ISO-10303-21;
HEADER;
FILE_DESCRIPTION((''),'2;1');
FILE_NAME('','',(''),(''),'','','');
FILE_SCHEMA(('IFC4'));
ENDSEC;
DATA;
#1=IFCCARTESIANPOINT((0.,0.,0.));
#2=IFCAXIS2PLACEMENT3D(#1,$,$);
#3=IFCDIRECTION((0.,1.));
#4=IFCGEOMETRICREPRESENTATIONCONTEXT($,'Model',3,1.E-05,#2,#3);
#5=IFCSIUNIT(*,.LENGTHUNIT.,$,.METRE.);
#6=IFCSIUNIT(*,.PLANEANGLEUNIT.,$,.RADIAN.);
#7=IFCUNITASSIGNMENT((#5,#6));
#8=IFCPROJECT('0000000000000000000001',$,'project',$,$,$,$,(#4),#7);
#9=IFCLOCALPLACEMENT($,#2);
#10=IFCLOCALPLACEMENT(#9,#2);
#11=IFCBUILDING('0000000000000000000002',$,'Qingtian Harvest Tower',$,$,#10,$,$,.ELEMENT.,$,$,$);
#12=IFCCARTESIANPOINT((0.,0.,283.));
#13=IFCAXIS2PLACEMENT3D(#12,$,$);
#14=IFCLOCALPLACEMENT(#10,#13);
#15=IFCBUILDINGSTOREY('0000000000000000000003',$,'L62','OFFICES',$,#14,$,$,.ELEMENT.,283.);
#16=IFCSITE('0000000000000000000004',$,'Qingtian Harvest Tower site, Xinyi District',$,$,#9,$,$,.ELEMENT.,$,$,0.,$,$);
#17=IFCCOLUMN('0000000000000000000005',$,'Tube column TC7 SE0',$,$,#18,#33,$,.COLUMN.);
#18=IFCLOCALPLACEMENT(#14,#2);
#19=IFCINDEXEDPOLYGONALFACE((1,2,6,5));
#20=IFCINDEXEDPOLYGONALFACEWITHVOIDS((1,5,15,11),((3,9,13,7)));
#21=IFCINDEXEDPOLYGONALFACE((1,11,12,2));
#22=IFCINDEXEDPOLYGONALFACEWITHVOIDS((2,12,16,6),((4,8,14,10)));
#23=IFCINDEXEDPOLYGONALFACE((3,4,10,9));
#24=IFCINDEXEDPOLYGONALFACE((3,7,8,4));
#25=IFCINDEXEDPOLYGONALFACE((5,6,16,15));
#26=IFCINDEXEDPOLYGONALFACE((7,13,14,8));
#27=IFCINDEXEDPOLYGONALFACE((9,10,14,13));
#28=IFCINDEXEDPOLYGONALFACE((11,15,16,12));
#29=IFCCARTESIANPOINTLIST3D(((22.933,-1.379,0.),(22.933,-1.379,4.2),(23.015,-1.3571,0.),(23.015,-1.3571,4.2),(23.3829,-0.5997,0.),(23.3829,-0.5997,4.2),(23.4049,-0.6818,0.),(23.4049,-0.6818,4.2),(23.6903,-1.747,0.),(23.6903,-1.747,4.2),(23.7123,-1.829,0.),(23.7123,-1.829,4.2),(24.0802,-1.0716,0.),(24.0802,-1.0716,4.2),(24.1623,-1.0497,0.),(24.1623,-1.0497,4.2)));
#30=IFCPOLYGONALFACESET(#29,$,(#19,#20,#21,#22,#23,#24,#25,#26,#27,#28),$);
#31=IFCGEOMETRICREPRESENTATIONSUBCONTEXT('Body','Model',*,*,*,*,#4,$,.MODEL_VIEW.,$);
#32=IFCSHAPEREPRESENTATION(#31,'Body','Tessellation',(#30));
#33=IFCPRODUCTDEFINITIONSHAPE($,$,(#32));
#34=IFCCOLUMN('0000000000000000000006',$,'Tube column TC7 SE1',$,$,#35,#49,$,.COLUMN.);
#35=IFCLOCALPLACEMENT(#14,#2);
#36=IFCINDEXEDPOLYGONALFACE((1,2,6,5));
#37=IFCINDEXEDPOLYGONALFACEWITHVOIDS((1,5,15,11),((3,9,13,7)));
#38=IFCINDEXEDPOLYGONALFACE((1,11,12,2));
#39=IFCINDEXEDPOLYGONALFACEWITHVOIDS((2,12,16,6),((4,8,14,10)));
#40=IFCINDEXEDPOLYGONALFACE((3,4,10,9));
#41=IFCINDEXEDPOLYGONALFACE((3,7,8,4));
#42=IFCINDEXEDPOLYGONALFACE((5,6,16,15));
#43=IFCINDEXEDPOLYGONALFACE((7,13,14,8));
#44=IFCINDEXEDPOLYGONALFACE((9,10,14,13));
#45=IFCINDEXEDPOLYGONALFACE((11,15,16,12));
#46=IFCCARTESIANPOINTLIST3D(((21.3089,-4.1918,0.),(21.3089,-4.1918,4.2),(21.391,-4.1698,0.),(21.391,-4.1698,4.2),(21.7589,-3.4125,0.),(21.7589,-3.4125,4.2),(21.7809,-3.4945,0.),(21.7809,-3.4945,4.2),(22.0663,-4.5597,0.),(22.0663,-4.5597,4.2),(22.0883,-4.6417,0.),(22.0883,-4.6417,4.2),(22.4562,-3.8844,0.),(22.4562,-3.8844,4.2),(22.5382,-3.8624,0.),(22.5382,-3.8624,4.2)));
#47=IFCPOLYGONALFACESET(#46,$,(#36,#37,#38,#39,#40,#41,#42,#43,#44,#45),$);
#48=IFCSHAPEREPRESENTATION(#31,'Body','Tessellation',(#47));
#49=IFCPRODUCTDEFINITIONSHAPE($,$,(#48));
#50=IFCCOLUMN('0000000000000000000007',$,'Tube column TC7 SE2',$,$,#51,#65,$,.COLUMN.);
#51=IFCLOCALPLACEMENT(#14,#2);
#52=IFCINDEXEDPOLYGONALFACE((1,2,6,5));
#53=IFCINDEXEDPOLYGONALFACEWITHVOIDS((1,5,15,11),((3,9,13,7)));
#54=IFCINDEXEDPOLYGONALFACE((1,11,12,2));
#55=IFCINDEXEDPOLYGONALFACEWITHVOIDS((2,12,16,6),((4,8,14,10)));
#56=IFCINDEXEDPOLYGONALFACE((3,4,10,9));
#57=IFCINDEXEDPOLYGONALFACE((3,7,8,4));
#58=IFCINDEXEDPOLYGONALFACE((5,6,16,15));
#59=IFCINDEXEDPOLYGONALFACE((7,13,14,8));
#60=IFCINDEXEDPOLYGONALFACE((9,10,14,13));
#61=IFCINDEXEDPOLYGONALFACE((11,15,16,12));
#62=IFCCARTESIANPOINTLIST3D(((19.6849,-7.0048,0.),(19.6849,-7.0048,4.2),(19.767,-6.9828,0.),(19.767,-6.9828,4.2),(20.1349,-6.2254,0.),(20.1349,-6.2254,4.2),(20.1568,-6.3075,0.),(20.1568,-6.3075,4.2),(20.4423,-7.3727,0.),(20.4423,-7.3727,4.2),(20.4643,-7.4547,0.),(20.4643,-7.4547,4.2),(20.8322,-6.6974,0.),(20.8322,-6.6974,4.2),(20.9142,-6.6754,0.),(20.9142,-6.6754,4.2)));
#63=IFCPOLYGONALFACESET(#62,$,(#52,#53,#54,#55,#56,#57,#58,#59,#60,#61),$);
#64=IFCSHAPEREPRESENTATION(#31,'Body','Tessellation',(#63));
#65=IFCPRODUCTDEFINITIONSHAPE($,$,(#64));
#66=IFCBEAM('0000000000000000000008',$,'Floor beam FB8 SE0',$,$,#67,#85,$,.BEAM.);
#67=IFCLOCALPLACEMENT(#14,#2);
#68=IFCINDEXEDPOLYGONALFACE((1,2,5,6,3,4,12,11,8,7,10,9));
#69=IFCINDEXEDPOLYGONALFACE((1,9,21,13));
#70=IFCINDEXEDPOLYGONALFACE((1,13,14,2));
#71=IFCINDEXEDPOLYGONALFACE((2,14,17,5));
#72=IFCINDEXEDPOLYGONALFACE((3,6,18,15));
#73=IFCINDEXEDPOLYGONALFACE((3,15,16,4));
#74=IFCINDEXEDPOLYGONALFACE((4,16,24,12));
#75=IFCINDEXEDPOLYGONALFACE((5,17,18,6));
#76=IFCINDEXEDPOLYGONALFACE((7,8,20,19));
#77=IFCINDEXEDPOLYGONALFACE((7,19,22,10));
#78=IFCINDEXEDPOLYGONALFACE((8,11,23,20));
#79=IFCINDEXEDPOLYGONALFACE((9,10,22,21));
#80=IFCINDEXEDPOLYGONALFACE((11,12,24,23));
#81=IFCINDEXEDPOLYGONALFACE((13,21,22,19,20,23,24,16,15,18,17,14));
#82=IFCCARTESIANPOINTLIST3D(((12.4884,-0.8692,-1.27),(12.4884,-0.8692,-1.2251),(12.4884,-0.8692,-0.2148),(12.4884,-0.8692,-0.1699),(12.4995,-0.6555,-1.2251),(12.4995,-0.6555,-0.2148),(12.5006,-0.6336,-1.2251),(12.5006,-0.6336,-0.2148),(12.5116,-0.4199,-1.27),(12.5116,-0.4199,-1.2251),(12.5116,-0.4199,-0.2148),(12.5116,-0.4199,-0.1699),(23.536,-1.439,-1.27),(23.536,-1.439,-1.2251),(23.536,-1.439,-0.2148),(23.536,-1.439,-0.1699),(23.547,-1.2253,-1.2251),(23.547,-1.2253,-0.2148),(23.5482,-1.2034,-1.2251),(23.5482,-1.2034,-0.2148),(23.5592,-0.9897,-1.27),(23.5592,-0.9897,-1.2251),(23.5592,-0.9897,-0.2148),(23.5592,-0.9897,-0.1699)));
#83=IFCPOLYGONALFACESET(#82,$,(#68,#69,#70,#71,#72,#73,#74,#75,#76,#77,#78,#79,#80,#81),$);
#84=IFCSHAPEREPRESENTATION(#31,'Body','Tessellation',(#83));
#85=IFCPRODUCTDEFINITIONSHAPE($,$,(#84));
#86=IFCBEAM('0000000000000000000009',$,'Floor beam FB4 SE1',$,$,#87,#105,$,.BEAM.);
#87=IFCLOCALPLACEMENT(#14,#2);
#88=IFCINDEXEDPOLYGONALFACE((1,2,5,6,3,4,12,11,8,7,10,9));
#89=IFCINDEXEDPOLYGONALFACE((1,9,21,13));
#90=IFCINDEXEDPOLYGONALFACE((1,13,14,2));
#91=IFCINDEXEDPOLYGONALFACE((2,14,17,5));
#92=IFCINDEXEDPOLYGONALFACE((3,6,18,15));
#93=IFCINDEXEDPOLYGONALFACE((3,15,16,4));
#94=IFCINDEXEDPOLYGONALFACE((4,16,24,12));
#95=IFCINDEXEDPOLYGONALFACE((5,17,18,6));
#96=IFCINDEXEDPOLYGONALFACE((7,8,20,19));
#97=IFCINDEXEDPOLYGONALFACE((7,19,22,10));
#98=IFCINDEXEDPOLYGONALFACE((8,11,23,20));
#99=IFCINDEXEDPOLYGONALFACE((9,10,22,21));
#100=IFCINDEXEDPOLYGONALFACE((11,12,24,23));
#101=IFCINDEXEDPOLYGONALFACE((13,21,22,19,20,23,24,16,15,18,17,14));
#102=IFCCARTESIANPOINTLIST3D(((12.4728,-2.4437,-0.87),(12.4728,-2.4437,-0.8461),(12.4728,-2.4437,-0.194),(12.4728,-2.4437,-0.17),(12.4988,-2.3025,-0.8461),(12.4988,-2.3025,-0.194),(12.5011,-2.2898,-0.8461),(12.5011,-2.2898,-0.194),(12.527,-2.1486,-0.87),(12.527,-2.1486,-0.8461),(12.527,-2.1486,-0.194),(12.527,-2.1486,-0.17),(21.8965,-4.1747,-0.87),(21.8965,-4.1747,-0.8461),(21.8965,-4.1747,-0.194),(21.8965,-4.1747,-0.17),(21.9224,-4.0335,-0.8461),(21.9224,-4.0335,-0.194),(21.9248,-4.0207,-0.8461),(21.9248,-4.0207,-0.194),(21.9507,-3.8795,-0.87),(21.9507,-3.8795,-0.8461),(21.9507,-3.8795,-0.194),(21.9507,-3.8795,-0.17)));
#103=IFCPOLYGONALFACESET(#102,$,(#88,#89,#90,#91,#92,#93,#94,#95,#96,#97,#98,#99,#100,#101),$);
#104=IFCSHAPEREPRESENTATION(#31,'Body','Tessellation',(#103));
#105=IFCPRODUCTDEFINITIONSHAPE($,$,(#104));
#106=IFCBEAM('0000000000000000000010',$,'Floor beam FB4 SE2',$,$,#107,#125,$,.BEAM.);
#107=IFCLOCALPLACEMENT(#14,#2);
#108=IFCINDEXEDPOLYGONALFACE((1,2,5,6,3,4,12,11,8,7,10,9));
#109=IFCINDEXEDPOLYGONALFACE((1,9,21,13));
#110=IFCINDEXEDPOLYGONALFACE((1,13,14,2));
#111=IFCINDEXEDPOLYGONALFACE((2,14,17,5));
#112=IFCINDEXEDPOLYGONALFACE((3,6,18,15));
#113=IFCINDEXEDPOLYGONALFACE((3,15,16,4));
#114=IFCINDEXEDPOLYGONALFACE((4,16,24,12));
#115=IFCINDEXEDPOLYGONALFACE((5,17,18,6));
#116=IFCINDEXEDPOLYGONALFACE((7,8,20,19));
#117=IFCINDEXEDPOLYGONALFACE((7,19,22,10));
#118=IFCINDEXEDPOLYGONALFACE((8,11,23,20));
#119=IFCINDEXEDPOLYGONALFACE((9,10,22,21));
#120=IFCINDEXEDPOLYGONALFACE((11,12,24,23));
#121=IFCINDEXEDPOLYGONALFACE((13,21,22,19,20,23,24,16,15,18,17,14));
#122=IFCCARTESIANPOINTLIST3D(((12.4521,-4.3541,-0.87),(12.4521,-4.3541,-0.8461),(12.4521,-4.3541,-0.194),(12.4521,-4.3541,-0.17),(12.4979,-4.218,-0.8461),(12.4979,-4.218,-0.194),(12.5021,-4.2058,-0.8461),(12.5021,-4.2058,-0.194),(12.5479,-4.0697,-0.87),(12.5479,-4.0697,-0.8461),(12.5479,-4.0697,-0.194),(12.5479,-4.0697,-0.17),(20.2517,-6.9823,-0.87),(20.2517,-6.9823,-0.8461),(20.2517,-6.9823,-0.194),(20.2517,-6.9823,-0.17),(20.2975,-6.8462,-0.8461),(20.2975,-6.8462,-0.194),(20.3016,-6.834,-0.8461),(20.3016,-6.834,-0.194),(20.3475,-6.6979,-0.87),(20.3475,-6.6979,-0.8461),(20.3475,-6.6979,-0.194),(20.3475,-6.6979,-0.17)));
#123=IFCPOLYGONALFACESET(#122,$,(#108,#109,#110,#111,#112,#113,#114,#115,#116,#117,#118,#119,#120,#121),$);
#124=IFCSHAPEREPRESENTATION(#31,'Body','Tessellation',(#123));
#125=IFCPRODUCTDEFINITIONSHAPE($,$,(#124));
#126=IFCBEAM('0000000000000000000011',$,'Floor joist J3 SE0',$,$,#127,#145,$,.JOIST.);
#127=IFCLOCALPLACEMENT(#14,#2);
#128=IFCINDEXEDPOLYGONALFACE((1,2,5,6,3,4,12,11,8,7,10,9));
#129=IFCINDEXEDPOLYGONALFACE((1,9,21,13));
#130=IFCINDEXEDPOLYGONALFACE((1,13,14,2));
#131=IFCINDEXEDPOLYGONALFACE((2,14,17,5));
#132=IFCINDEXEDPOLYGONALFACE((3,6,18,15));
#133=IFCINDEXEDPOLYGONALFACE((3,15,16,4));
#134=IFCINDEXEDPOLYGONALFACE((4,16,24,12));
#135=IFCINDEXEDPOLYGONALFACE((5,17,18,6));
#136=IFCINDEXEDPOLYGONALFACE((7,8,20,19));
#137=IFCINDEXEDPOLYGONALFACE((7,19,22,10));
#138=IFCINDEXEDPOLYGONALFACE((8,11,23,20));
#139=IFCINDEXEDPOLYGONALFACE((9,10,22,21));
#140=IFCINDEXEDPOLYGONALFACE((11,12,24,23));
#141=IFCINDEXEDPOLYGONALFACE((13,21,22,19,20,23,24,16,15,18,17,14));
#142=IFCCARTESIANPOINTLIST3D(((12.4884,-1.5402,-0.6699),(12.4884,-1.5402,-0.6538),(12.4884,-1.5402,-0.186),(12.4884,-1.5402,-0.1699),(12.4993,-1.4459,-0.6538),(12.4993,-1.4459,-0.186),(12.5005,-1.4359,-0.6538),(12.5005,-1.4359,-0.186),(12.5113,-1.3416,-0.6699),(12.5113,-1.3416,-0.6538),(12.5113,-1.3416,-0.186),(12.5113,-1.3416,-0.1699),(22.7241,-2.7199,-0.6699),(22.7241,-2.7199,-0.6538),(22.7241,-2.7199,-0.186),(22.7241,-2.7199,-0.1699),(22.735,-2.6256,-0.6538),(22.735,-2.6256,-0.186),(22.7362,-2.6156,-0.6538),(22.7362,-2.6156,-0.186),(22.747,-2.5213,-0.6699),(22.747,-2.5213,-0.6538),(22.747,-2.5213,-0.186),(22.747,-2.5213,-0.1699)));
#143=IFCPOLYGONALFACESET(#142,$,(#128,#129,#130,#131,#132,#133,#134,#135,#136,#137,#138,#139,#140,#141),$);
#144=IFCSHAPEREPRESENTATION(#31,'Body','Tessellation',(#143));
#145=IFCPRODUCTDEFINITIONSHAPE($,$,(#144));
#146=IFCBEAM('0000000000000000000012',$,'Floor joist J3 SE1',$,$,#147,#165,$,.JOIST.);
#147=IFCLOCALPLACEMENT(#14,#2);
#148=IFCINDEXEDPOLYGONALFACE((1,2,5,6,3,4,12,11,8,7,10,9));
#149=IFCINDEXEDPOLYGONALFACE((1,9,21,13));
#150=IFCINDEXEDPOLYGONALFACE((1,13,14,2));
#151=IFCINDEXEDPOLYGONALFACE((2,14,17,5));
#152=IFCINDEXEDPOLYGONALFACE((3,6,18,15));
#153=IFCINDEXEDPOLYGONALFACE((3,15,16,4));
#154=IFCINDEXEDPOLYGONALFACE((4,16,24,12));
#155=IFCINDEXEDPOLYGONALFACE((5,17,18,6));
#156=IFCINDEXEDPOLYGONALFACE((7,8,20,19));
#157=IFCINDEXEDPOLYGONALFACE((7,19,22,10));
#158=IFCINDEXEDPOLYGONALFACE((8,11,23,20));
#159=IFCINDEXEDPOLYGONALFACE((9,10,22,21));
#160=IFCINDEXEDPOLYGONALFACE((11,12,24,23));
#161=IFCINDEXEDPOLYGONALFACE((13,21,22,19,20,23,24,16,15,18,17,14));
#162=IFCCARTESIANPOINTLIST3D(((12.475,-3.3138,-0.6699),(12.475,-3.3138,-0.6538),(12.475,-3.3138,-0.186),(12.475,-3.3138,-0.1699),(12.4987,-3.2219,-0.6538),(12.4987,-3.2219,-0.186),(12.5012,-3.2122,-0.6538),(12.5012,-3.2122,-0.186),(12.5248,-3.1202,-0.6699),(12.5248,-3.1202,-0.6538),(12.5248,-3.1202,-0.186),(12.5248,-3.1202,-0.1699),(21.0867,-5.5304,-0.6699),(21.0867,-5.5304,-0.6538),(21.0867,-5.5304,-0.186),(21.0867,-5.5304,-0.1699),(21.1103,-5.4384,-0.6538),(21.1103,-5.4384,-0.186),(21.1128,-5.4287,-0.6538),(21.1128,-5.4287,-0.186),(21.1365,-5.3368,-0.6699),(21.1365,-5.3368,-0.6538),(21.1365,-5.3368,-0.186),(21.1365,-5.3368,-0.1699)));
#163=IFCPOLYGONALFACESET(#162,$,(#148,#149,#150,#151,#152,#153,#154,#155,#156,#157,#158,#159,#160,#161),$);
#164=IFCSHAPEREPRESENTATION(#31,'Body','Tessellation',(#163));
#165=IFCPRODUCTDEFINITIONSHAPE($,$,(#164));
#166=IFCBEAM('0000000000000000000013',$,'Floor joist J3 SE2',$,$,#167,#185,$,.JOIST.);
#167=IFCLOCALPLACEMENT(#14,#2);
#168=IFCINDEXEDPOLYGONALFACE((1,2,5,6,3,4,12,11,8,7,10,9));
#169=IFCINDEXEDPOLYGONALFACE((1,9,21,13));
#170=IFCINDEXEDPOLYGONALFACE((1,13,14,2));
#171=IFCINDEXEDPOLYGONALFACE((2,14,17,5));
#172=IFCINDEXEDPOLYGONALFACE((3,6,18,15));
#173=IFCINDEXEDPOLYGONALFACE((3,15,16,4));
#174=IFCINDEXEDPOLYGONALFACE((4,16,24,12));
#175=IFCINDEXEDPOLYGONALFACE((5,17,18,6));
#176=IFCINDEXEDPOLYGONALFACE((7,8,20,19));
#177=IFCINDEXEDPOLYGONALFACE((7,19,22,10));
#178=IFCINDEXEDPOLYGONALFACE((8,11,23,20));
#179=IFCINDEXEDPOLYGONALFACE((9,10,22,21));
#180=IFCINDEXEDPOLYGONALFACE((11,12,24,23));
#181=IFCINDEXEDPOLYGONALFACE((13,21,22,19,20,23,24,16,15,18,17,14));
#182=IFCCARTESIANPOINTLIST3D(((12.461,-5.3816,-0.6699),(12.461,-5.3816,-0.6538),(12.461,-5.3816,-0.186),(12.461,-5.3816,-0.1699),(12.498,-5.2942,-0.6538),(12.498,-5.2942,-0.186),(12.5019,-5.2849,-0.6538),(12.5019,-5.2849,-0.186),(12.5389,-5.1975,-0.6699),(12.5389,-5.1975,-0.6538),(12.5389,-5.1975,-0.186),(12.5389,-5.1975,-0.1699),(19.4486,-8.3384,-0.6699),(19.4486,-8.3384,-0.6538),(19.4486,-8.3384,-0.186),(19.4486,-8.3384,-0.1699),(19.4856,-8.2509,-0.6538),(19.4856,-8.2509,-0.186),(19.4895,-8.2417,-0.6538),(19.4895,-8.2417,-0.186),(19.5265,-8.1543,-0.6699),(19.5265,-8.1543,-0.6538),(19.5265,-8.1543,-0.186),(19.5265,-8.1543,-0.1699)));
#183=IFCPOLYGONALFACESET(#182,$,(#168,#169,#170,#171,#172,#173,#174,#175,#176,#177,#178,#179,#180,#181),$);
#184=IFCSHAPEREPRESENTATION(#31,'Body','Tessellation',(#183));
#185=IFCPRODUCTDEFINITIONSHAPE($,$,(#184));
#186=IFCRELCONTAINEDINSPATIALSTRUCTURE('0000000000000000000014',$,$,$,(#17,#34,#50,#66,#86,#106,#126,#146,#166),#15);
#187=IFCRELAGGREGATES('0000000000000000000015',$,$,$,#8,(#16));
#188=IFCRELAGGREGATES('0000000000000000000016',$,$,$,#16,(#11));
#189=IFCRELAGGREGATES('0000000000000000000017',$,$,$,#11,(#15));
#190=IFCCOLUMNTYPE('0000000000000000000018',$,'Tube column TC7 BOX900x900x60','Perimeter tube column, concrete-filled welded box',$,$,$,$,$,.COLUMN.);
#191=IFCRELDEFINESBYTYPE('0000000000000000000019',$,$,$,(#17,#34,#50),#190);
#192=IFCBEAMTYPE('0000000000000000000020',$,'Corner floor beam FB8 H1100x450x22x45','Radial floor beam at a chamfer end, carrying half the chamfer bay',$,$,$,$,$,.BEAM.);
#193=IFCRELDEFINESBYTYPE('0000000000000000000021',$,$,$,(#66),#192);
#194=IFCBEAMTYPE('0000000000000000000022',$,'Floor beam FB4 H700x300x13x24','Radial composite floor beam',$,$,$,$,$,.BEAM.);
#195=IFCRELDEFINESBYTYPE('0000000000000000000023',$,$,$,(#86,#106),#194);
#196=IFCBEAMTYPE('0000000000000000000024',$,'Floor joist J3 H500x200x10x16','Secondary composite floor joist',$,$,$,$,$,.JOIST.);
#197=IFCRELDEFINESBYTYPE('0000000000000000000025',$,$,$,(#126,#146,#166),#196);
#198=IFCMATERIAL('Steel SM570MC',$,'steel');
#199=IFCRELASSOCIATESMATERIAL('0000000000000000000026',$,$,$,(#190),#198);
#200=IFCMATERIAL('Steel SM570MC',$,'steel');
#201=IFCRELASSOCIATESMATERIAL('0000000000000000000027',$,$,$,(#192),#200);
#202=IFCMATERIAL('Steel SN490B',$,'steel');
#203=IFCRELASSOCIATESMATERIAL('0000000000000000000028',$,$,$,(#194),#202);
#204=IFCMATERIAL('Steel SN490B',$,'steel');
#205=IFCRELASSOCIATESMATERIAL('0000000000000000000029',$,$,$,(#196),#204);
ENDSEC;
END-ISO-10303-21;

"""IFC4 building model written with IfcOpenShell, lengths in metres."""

from ifc_helpers import new_model, si_unit, direction, frame, origin, origin_2d, place, context, subcontext, project, spatial, hollow_rectangle, i_section, extrude, material, material_profile, profile_set, type_object, element, save


model = new_model("IFC4")

# Units and contexts
model_context = context("Model", 3, precision=1e-05, world=origin(), true_north=direction((0.0, 1.0)))
body_context = subcontext(model_context, "Body", "Model", "MODEL_VIEW")
ifc_project = project(units=[si_unit("LENGTHUNIT", "METRE"), si_unit("PLANEANGLEUNIT", "RADIAN")], contexts=[model_context])

# Site, building, storey
site_placement = place(None, origin())
site = spatial("IfcSite", under=ifc_project, at=site_placement, Name="Qingtian Harvest Tower site, Xinyi District", CompositionType="ELEMENT", RefElevation=0.0)
building_placement = place(site_placement, origin())
building = spatial("IfcBuilding", under=site, at=building_placement, Name="Qingtian Harvest Tower", CompositionType="ELEMENT")
storey_placement = place(building_placement, frame((0.0, 0.0, 283.0)))
storey = spatial("IfcBuildingStorey", under=building, at=storey_placement, Name="L62", Description="OFFICES", CompositionType="ELEMENT", Elevation=283.0)

# Columns
ifc_material_1 = material(Name="Steel SM570MC", Category="steel")
ifc_material_profile_1 = material_profile(ifc_material_1, hollow_rectangle(XDim=0.8999, YDim=0.8999, WallThickness=0.0601, at=origin_2d()), Name="BOX900x900x60")
ifc_profile_set_1 = profile_set([ifc_material_profile_1], Name="Steel SM570MC")
column_type = type_object("IfcColumnType", Name="Tube column TC7 BOX900x900x60", Description="Perimeter tube column, concrete-filled welded box", PredefinedType="COLUMN", material=ifc_profile_set_1)
for number, where, z_axis, x_axis, name in (
    (1, (23.5476, -1.2144, 0.0), (0.0, 0.0, 1.0), (0.5, 0.866025, 0.0), "Tube column TC7 SE0"),
    (2, (21.9236, -4.0271, 0.0), (0.0, 0.0, 1.0), (0.5, 0.866025, 0.0), "Tube column TC7 SE1"),
    (3, (20.2996, -6.8401, 0.0), (0.0, 0.0, 1.0), (0.5, 0.866025, 0.0), "Tube column TC7 SE2"),
):
    element("IfcColumn", number, at=place(storey_placement, frame(where, z_axis=z_axis, x_axis=x_axis)), inside=storey, type_object=column_type, Name=name, PredefinedType="COLUMN", context=body_context, shape_type="SweptSolid", body=[
        extrude(hollow_rectangle(XDim=0.8999, YDim=0.8999, WallThickness=0.0601, at=origin_2d()), origin(), (0.0, 0.0, 1.0), 4.2),
    ])

# Beams
ifc_material_2 = material(Name="Steel SM570MC", Category="steel")
ifc_material_profile_2 = material_profile(ifc_material_2, i_section(OverallWidth=0.45, OverallDepth=1.1001, WebThickness=0.022, FlangeThickness=0.0449, at=origin_2d()), Name="H1100x450x22x45")
ifc_profile_set_2 = profile_set([ifc_material_profile_2], Name="Steel SM570MC")
beam_type_1 = type_object("IfcBeamType", Name="Corner floor beam FB8 H1100x450x22x45", Description="Radial floor beam at a chamfer end, carrying half the chamfer bay", PredefinedType="BEAM", material=ifc_profile_set_2)
beam_1_placement = place(storey_placement, frame((23.5476, -1.2144, -0.72), z_axis=(-0.998672, 0.05151, 0.0), x_axis=(-0.05151, -0.998672, 0.0)))
element("IfcBeam", 4, at=beam_1_placement, inside=storey, type_object=beam_type_1, Name="Floor beam FB8 SE0", PredefinedType="BEAM", context=body_context, shape_type="SweptSolid", body=[
    extrude(i_section(OverallWidth=0.45, OverallDepth=1.1001, WebThickness=0.022, FlangeThickness=0.0449, at=origin_2d()), origin(), (0.0, 0.0, 1.0), 11.0623),
])
ifc_material_3 = material(Name="Steel SN490B", Category="steel")
ifc_material_profile_3 = material_profile(ifc_material_3, i_section(OverallWidth=0.3, OverallDepth=0.7, WebThickness=0.0129, FlangeThickness=0.0239, at=origin_2d()), Name="H700x300x13x24")
ifc_profile_set_3 = profile_set([ifc_material_profile_3], Name="Steel SN490B")
beam_type_2 = type_object("IfcBeamType", Name="Floor beam FB4 H700x300x13x24", Description="Radial composite floor beam", PredefinedType="BEAM", material=ifc_profile_set_3)
beam_2_placement = place(storey_placement, frame((21.9236, -4.0271, -0.52), z_axis=(-0.983545, 0.180661, 0.0), x_axis=(-0.180661, -0.983545, 0.0)))
element("IfcBeam", 5, at=beam_2_placement, inside=storey, type_object=beam_type_2, Name="Floor beam FB4 SE1", PredefinedType="BEAM", context=body_context, shape_type="SweptSolid", body=[
    extrude(i_section(OverallWidth=0.3, OverallDepth=0.7, WebThickness=0.0129, FlangeThickness=0.0239, at=origin_2d()), origin(), (0.0, 0.0, 1.0), 9.5813),
])
beam_3_placement = place(storey_placement, frame((20.2996, -6.8401, -0.52), z_axis=(-0.947646, 0.319323, 0.0), x_axis=(-0.319323, -0.947646, 0.0)))
element("IfcBeam", 6, at=beam_3_placement, inside=storey, type_object=beam_type_2, Name="Floor beam FB4 SE2", PredefinedType="BEAM", context=body_context, shape_type="SweptSolid", body=[
    extrude(i_section(OverallWidth=0.3, OverallDepth=0.7, WebThickness=0.0129, FlangeThickness=0.0239, at=origin_2d()), origin(), (0.0, 0.0, 1.0), 8.2305),
])
ifc_material_4 = material(Name="Steel SN490B", Category="steel")
ifc_material_profile_4 = material_profile(ifc_material_4, i_section(OverallWidth=0.2, OverallDepth=0.5, WebThickness=0.01, FlangeThickness=0.0161, at=origin_2d()), Name="H500x200x10x16")
ifc_profile_set_4 = profile_set([ifc_material_profile_4], Name="Steel SN490B")
beam_type_3 = type_object("IfcBeamType", Name="Floor joist J3 H500x200x10x16", Description="Secondary composite floor joist", PredefinedType="JOIST", material=ifc_profile_set_4)
beam_4_placement = place(storey_placement, frame((22.7356, -2.6206, -0.4199), z_axis=(-0.993424, 0.114495, 0.0), x_axis=(-0.114495, -0.993424, 0.0)))
element("IfcBeam", 7, at=beam_4_placement, inside=storey, type_object=beam_type_3, Name="Floor joist J3 SE0", PredefinedType="JOIST", context=body_context, shape_type="SweptSolid", body=[
    extrude(i_section(OverallWidth=0.2, OverallDepth=0.5, WebThickness=0.01, FlangeThickness=0.0161, at=origin_2d()), origin(), (0.0, 0.0, 1.0), 10.3035),
])
beam_5_placement = place(storey_placement, frame((21.1116, -5.4336, -0.4199), z_axis=(-0.968435, 0.249268, 0.0), x_axis=(-0.249268, -0.968435, 0.0)))
element("IfcBeam", 8, at=beam_5_placement, inside=storey, type_object=beam_type_3, Name="Floor joist J3 SE1", PredefinedType="JOIST", context=body_context, shape_type="SweptSolid", body=[
    extrude(i_section(OverallWidth=0.2, OverallDepth=0.5, WebThickness=0.01, FlangeThickness=0.0161, at=origin_2d()), origin(), (0.0, 0.0, 1.0), 8.8923),
])
beam_6_placement = place(storey_placement, frame((19.4875, -8.2463, -0.4199), z_axis=(-0.920943, 0.389698, 0.0), x_axis=(-0.389698, -0.920943, 0.0)))
element("IfcBeam", 9, at=beam_6_placement, inside=storey, type_object=beam_type_3, Name="Floor joist J3 SE2", PredefinedType="JOIST", context=body_context, shape_type="SweptSolid", body=[
    extrude(i_section(OverallWidth=0.2, OverallDepth=0.5, WebThickness=0.01, FlangeThickness=0.0161, at=origin_2d()), origin(), (0.0, 0.0, 1.0), 7.5874),
])

save(model, "model.ifc")
